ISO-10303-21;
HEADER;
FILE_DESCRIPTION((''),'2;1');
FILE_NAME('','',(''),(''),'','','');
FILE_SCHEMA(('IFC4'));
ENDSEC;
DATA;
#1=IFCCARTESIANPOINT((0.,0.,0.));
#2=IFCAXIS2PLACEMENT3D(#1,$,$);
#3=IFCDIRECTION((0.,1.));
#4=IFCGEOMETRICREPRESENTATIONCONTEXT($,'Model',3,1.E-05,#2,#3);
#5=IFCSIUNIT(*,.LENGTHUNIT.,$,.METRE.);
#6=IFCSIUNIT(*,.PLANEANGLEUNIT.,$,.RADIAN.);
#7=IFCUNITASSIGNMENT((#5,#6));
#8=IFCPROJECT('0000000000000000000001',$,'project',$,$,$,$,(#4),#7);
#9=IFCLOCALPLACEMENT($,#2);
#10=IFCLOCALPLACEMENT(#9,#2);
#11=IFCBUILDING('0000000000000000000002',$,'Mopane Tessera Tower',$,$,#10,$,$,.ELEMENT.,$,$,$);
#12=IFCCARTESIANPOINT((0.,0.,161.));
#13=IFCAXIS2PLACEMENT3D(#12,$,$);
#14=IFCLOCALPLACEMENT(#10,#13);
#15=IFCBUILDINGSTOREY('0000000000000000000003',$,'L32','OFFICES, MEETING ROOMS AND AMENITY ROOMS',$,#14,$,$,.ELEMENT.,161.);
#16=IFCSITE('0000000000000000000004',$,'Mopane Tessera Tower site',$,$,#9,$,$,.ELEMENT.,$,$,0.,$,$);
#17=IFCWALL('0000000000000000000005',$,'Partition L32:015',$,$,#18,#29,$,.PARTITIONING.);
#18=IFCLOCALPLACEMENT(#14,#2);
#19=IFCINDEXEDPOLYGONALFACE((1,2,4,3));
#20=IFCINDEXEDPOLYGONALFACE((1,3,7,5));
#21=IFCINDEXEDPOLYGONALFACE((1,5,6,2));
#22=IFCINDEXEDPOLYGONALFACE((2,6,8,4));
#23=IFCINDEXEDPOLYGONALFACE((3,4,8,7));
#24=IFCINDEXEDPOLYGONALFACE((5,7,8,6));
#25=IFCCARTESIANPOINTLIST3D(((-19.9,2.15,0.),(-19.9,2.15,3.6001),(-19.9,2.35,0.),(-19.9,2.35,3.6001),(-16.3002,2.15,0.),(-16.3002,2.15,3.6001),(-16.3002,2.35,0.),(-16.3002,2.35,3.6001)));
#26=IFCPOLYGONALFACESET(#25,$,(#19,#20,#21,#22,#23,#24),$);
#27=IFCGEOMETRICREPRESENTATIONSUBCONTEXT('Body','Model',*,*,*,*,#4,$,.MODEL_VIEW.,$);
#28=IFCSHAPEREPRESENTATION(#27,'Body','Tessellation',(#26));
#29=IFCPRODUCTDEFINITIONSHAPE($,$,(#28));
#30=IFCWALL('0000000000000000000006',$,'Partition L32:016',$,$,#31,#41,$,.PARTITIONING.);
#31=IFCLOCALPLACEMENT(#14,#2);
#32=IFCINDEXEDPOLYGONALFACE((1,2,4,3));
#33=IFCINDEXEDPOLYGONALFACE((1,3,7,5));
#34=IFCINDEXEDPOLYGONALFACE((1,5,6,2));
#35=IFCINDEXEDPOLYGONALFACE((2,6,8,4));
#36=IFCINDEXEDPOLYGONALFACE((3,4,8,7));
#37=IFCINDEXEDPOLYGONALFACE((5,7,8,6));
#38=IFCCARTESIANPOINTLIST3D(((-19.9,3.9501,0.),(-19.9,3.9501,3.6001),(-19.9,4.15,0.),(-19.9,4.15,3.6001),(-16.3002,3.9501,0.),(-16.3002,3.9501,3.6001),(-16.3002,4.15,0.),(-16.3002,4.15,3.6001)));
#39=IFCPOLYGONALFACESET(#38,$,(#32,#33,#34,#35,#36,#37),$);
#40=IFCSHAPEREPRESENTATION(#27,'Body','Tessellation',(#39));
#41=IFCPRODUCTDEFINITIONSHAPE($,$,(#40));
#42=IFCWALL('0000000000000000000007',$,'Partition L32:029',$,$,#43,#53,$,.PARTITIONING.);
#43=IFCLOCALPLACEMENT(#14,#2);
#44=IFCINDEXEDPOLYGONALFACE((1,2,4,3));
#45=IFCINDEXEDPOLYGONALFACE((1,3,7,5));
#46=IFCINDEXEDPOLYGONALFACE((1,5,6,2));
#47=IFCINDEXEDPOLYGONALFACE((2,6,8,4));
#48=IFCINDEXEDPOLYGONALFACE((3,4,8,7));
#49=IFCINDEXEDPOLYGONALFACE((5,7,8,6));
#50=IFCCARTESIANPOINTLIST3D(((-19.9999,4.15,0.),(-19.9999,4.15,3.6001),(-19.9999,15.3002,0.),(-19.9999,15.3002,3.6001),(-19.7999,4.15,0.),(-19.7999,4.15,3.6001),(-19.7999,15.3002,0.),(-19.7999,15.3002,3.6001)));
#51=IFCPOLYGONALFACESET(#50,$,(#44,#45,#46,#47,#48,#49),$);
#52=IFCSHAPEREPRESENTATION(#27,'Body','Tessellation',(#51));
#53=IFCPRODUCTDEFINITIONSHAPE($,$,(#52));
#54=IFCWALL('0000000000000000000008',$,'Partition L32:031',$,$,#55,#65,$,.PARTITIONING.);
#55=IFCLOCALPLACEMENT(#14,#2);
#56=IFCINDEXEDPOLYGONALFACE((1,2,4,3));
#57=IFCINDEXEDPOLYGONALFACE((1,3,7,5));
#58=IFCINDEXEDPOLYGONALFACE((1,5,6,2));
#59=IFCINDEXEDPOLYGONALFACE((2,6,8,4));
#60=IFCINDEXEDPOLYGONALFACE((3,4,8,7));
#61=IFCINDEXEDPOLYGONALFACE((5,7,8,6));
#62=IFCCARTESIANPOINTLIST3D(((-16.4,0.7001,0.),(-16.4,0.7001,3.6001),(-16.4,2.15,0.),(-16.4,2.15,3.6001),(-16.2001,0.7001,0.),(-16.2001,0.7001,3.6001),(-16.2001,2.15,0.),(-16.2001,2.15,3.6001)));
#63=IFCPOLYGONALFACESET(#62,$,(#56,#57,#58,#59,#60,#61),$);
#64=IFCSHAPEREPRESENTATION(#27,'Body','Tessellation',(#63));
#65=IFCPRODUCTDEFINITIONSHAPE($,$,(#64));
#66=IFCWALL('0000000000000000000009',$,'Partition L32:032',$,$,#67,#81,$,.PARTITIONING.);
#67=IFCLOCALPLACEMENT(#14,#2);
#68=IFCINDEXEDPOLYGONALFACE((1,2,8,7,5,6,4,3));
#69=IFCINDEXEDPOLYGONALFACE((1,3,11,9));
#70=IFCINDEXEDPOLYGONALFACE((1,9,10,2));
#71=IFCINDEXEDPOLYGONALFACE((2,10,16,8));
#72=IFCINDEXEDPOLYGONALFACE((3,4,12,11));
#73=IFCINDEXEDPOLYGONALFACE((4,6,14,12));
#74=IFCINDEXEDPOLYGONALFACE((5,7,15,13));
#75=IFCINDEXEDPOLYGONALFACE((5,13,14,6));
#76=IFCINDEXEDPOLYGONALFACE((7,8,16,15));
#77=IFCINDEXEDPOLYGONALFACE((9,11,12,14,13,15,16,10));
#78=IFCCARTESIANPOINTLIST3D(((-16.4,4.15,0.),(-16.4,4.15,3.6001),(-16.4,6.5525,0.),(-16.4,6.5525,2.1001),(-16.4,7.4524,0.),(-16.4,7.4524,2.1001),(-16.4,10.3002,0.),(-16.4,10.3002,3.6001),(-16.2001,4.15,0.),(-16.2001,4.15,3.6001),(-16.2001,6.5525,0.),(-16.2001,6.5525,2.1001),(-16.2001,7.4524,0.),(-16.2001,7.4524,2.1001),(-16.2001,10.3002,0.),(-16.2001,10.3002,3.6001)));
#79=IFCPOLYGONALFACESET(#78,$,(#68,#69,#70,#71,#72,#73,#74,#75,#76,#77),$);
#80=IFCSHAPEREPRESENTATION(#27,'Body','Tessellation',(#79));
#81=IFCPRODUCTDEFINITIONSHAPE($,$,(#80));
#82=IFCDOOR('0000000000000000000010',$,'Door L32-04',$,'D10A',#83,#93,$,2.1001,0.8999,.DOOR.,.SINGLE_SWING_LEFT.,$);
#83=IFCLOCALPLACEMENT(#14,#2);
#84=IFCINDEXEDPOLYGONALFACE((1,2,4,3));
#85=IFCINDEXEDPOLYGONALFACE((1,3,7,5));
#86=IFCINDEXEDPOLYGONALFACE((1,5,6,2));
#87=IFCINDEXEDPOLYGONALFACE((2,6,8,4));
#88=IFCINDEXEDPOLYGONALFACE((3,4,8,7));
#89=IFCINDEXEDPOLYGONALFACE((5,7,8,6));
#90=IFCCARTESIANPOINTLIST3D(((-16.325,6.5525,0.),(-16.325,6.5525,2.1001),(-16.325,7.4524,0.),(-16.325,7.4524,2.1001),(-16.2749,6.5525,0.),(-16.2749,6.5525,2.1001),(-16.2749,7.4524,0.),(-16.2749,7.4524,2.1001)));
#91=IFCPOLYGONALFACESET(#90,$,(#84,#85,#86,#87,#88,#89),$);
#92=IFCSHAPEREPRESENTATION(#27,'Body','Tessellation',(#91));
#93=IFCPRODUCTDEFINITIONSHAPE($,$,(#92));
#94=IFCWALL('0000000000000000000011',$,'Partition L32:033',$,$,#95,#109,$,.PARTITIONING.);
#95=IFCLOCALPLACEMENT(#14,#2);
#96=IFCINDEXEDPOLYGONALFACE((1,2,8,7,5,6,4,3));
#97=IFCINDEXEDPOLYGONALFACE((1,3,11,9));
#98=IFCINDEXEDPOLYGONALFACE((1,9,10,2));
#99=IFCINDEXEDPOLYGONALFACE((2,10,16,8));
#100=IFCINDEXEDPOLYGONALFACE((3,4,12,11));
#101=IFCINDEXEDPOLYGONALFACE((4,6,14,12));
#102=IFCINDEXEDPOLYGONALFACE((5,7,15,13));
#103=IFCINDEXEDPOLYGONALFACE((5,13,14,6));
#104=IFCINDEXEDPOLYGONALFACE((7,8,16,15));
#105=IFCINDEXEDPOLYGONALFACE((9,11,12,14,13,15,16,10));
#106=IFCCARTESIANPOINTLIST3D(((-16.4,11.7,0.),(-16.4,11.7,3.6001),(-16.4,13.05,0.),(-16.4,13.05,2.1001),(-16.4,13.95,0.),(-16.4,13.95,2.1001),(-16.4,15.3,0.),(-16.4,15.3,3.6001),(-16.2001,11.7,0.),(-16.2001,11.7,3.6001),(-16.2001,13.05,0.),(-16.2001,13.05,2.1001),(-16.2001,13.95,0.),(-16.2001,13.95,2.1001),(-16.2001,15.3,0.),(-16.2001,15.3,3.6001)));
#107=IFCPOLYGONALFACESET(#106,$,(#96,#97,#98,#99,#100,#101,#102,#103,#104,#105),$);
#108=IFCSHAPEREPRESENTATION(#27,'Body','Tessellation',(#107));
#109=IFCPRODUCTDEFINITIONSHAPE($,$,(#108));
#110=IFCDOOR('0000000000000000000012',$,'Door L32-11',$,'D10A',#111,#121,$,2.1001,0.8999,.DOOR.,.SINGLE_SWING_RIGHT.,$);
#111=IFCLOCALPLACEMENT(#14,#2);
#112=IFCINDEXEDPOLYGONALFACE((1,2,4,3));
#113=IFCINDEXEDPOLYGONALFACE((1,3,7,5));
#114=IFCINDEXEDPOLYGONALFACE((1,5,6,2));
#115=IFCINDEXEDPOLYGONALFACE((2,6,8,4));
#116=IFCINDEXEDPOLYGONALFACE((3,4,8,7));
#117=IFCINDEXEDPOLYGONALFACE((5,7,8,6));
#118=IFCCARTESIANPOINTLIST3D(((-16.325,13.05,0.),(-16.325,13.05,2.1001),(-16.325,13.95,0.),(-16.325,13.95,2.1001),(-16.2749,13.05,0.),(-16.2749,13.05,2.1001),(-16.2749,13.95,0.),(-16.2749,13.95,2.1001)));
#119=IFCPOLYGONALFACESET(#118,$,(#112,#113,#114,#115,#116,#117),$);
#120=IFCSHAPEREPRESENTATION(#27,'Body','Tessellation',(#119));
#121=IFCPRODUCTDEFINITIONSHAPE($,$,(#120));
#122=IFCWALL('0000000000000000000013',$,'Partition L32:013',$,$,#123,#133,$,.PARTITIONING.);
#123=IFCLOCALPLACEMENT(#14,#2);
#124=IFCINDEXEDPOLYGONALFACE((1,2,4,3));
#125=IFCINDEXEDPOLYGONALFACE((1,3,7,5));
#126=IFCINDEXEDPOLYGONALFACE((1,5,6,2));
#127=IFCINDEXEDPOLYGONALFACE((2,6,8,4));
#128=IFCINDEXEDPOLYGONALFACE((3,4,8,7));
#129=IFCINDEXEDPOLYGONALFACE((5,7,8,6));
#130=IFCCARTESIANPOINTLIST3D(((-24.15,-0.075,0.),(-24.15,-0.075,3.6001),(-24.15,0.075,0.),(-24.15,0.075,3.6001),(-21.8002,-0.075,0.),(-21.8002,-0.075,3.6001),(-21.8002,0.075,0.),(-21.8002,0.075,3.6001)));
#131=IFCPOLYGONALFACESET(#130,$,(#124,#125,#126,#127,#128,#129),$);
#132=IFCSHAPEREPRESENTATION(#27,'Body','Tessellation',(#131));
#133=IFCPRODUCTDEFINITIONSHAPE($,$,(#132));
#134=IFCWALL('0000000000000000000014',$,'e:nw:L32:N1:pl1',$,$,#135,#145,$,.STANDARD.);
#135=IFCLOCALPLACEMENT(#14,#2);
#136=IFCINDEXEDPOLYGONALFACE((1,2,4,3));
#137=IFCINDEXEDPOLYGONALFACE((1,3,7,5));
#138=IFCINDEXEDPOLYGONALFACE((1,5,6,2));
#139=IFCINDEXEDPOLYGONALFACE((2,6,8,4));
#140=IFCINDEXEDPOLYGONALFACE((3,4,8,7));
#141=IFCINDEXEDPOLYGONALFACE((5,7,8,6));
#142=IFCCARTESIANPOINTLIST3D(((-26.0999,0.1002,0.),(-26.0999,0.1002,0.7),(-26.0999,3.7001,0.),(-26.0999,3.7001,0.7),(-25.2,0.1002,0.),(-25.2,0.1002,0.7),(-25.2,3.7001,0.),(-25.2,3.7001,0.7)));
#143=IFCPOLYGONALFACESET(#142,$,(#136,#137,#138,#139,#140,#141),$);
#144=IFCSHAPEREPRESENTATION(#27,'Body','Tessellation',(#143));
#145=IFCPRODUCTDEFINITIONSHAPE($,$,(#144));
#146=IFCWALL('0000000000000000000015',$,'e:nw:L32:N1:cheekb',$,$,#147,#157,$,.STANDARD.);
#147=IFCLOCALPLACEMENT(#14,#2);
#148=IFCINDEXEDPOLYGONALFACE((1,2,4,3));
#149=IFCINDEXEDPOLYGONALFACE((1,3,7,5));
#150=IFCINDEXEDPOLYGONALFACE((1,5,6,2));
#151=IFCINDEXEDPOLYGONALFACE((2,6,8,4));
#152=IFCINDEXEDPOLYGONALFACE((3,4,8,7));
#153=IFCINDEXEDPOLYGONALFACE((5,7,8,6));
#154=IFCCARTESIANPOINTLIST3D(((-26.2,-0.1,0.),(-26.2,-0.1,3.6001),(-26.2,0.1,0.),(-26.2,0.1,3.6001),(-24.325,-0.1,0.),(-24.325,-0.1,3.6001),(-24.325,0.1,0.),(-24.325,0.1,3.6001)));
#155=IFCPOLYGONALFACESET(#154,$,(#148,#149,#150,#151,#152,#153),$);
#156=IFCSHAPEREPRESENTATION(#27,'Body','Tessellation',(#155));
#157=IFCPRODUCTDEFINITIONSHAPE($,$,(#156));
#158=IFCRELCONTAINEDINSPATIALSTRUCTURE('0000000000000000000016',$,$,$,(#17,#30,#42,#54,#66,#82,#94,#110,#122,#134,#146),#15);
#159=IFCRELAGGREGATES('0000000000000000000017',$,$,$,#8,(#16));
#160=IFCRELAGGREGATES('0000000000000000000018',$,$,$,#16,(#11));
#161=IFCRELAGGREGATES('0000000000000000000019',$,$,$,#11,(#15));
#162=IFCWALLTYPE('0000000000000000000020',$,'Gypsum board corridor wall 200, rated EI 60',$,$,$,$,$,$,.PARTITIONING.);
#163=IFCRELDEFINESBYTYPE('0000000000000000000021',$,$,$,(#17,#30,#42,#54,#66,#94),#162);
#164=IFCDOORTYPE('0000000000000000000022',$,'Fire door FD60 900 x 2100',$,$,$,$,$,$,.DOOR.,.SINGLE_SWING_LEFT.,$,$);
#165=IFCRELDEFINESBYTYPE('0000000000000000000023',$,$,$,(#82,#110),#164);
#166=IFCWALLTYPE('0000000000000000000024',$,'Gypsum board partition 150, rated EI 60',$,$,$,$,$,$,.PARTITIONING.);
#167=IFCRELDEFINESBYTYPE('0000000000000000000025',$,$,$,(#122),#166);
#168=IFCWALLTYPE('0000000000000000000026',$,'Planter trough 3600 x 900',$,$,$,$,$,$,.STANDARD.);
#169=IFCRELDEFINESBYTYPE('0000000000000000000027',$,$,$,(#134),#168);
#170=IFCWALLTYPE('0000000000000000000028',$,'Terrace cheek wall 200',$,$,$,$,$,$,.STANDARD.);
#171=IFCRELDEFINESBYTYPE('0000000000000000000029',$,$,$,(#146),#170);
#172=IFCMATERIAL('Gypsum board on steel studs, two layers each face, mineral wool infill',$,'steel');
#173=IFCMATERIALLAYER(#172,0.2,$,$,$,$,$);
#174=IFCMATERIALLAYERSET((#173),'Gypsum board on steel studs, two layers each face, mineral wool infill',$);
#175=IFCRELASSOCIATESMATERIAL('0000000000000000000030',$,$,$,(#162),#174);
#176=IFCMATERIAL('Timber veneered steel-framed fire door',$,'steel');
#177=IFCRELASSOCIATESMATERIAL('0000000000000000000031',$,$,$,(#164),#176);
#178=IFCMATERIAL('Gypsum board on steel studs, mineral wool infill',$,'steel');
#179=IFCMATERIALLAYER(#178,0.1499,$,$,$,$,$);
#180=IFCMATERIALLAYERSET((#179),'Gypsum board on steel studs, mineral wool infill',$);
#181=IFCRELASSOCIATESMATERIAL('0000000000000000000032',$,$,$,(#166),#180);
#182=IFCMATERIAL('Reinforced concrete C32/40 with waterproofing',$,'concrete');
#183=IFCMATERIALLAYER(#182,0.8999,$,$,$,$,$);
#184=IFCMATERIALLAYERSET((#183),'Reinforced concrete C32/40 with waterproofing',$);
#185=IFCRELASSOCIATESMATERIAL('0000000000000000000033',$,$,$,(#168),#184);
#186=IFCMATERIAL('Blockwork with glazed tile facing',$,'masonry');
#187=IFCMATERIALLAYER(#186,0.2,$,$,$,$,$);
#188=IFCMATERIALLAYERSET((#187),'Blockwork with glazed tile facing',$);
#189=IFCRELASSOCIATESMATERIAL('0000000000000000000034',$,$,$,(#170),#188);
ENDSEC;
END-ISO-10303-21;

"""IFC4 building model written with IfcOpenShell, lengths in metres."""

from ifc_helpers import new_model, si_unit, direction, frame, frame_2d, origin, place, context, subcontext, project, spatial, rectangle, extrude, material, layer, layer_set, type_object, element, fill, save


model = new_model("IFC4")

# Units and contexts
model_context = context("Model", 3, precision=1e-05, world=origin(), true_north=direction((0.0, 1.0)))
body_context = subcontext(model_context, "Body", "Model", "MODEL_VIEW")
ifc_project = project(units=[si_unit("LENGTHUNIT", "METRE"), si_unit("PLANEANGLEUNIT", "RADIAN")], contexts=[model_context])

# Site, building, storey
site_placement = place(None, origin())
site = spatial("IfcSite", under=ifc_project, at=site_placement, Name="Mopane Tessera Tower site", CompositionType="ELEMENT", RefElevation=0.0)
building_placement = place(site_placement, origin())
building = spatial("IfcBuilding", under=site, at=building_placement, Name="Mopane Tessera Tower", CompositionType="ELEMENT")
storey_placement = place(building_placement, frame((0.0, 0.0, 161.0)))
storey = spatial("IfcBuildingStorey", under=building, at=storey_placement, Name="L32", Description="OFFICES, MEETING ROOMS AND AMENITY ROOMS", CompositionType="ELEMENT", Elevation=161.0)

# Walls
ifc_material_1 = material(Name="Gypsum board on steel studs, two layers each face, mineral wool infill", Category="steel")
ifc_layer_1 = layer(ifc_material_1, 0.2)
ifc_layer_set_1 = layer_set([ifc_layer_1], Name="Gypsum board on steel studs, two layers each face, mineral wool infill")
wall_type_1 = type_object("IfcWallType", Name="Gypsum board corridor wall 200, rated EI 60", PredefinedType="PARTITIONING", material=ifc_layer_set_1)
for number, where, z_axis, x_axis, name in (
    (1, (-19.8999, 2.25, 0.0), (0.0, 0.0, 1.0), (1.0, 0.0, 0.0), "Partition L32:015"),
    (2, (-19.8999, 4.05, 0.0), (0.0, 0.0, 1.0), (1.0, 0.0, 0.0), "Partition L32:016"),
):
    element("IfcWall", number, at=place(storey_placement, frame(where, z_axis=z_axis, x_axis=x_axis)), inside=storey, type_object=wall_type_1, Name=name, PredefinedType="PARTITIONING", context=body_context, shape_type="SweptSolid", body=[
        extrude(rectangle(XDim=3.5999, YDim=0.2, at=frame_2d((1.7998, 0.0))), origin(), (0.0, 0.0, 1.0), 3.6001),
    ])
wall_1_placement = place(storey_placement, frame((-19.8999, 4.1499, 0.0), z_axis=(0.0, 0.0, 1.0), x_axis=(0.0, 1.0, 0.0)))
element("IfcWall", 3, at=wall_1_placement, inside=storey, type_object=wall_type_1, Name="Partition L32:029", PredefinedType="PARTITIONING", context=body_context, shape_type="SweptSolid", body=[
    extrude(rectangle(XDim=11.1501, YDim=0.2, at=frame_2d((5.5752, 0.0))), origin(), (0.0, 0.0, 1.0), 3.6001),
])
wall_2_placement = place(storey_placement, frame((-16.3, 0.7, 0.0), z_axis=(0.0, 0.0, 1.0), x_axis=(0.0, 1.0, 0.0)))
element("IfcWall", 4, at=wall_2_placement, inside=storey, type_object=wall_type_1, Name="Partition L32:031", PredefinedType="PARTITIONING", context=body_context, shape_type="SweptSolid", body=[
    extrude(rectangle(XDim=1.45, YDim=0.2, at=frame_2d((0.7251, 0.0))), origin(), (0.0, 0.0, 1.0), 3.6001),
])

# Walls, openings, doors
wall_3_placement = place(storey_placement, frame((-16.3, 4.1499, 0.0), z_axis=(0.0, 0.0, 1.0), x_axis=(0.0, 1.0, 0.0)))
wall_3 = element("IfcWall", 5, at=wall_3_placement, inside=storey, type_object=wall_type_1, Name="Partition L32:032", PredefinedType="PARTITIONING", context=body_context, shape_type="SweptSolid", body=[
    extrude(rectangle(XDim=6.1501, YDim=0.2, at=frame_2d((3.0752, 0.0))), origin(), (0.0, 0.0, 1.0), 3.6001),
])
opening_1_placement = place(wall_3_placement, frame((2.4026, 0.0, 0.0)))
opening_1 = element("IfcOpeningElement", 6, at=opening_1_placement, cuts=wall_3, PredefinedType="OPENING", context=body_context, shape_type="SweptSolid", body=[
    extrude(rectangle(XDim=0.8999, YDim=2.1001, at=frame_2d((0.45, 1.05))), frame((0.0, 0.1121, 0.0), z_axis=(0.0, -1.0, 0.0), x_axis=(1.0, 0.0, 0.0)), (0.0, 0.0, 1.0), 0.2239),
])
ifc_material_2 = material(Name="Timber veneered steel-framed fire door", Category="steel")
door_type = type_object("IfcDoorType", Name="Fire door FD60 900 x 2100", OperationType="SINGLE_SWING_LEFT", PredefinedType="DOOR", material=ifc_material_2)
door_1_placement = place(opening_1_placement, origin())
door_1 = element("IfcDoor", 7, at=door_1_placement, inside=storey, type_object=door_type, Name="Door L32-04", ObjectType="D10A", OperationType="SINGLE_SWING_LEFT", OverallHeight=2.1001, OverallWidth=0.8999, PredefinedType="DOOR", context=body_context, shape_type="SweptSolid", body=[
    extrude(rectangle(XDim=0.8999, YDim=2.1001, at=frame_2d((0.45, 1.05))), frame((0.0, 0.0249, 0.0), z_axis=(0.0, -1.0, 0.0), x_axis=(1.0, 0.0, 0.0)), (0.0, 0.0, 1.0), 0.05),
])
fill(opening_1, door_1)
wall_4_placement = place(storey_placement, frame((-16.3, 11.7, 0.0), z_axis=(0.0, 0.0, 1.0), x_axis=(0.0, 1.0, 0.0)))
wall_4 = element("IfcWall", 8, at=wall_4_placement, inside=storey, type_object=wall_type_1, Name="Partition L32:033", PredefinedType="PARTITIONING", context=body_context, shape_type="SweptSolid", body=[
    extrude(rectangle(XDim=3.6001, YDim=0.2, at=frame_2d((1.8, 0.0))), origin(), (0.0, 0.0, 1.0), 3.6001),
])
opening_2_placement = place(wall_4_placement, frame((1.3501, 0.0, 0.0)))
opening_2 = element("IfcOpeningElement", 9, at=opening_2_placement, cuts=wall_4, PredefinedType="OPENING", context=body_context, shape_type="SweptSolid", body=[
    extrude(rectangle(XDim=0.8999, YDim=2.1001, at=frame_2d((0.45, 1.05))), frame((0.0, 0.1121, 0.0), z_axis=(0.0, -1.0, 0.0), x_axis=(1.0, 0.0, 0.0)), (0.0, 0.0, 1.0), 0.2239),
])
door_2_placement = place(opening_2_placement, origin())
door_2 = element("IfcDoor", 10, at=door_2_placement, inside=storey, type_object=door_type, Name="Door L32-11", ObjectType="D10A", OperationType="SINGLE_SWING_RIGHT", OverallHeight=2.1001, OverallWidth=0.8999, PredefinedType="DOOR", context=body_context, shape_type="SweptSolid", body=[
    extrude(rectangle(XDim=0.8999, YDim=2.1001, at=frame_2d((0.45, 1.05))), frame((0.0, 0.0249, 0.0), z_axis=(0.0, -1.0, 0.0), x_axis=(1.0, 0.0, 0.0)), (0.0, 0.0, 1.0), 0.05),
])
fill(opening_2, door_2)

# Walls
ifc_material_3 = material(Name="Gypsum board on steel studs, mineral wool infill", Category="steel")
ifc_layer_2 = layer(ifc_material_3, 0.1499)
ifc_layer_set_2 = layer_set([ifc_layer_2], Name="Gypsum board on steel studs, mineral wool infill")
wall_type_2 = type_object("IfcWallType", Name="Gypsum board partition 150, rated EI 60", PredefinedType="PARTITIONING", material=ifc_layer_set_2)
wall_5_placement = place(storey_placement, frame((-24.1499, 0.0, 0.0), z_axis=(0.0, 0.0, 1.0), x_axis=(1.0, 0.0, 0.0)))
element("IfcWall", 11, at=wall_5_placement, inside=storey, type_object=wall_type_2, Name="Partition L32:013", PredefinedType="PARTITIONING", context=body_context, shape_type="SweptSolid", body=[
    extrude(rectangle(XDim=2.3499, YDim=0.1499, at=frame_2d((1.1748, 0.0))), origin(), (0.0, 0.0, 1.0), 3.6001),
])
ifc_material_4 = material(Name="Reinforced concrete C32/40 with waterproofing", Category="concrete")
ifc_layer_3 = layer(ifc_material_4, 0.8999)
ifc_layer_set_3 = layer_set([ifc_layer_3], Name="Reinforced concrete C32/40 with waterproofing")
wall_type_3 = type_object("IfcWallType", Name="Planter trough 3600 x 900", PredefinedType="STANDARD", material=ifc_layer_set_3)
wall_6_placement = place(storey_placement, frame((-25.6499, 3.7, 0.0), z_axis=(0.0, 0.0, 1.0), x_axis=(0.0, -1.0, 0.0)))
element("IfcWall", 12, at=wall_6_placement, inside=storey, type_object=wall_type_3, Name="e:nw:L32:N1:pl1", PredefinedType="STANDARD", context=body_context, shape_type="SweptSolid", body=[
    extrude(rectangle(XDim=3.5999, YDim=0.8999, at=frame_2d((1.7998, 0.0))), origin(), (0.0, 0.0, 1.0), 0.7),
])
ifc_material_5 = material(Name="Blockwork with glazed tile facing", Category="masonry")
ifc_layer_4 = layer(ifc_material_5, 0.2)
ifc_layer_set_4 = layer_set([ifc_layer_4], Name="Blockwork with glazed tile facing")
wall_type_4 = type_object("IfcWallType", Name="Terrace cheek wall 200", PredefinedType="STANDARD", material=ifc_layer_set_4)
wall_7_placement = place(storey_placement, frame((-26.2, 0.0, 0.0), z_axis=(0.0, 0.0, 1.0), x_axis=(1.0, 0.0, 0.0)))
element("IfcWall", 13, at=wall_7_placement, inside=storey, type_object=wall_type_4, Name="e:nw:L32:N1:cheekb", PredefinedType="STANDARD", context=body_context, shape_type="SweptSolid", body=[
    extrude(rectangle(XDim=1.875, YDim=0.2, at=frame_2d((0.9375, 0.0))), origin(), (0.0, 0.0, 1.0), 3.6001),
])

save(model, "model.ifc")
